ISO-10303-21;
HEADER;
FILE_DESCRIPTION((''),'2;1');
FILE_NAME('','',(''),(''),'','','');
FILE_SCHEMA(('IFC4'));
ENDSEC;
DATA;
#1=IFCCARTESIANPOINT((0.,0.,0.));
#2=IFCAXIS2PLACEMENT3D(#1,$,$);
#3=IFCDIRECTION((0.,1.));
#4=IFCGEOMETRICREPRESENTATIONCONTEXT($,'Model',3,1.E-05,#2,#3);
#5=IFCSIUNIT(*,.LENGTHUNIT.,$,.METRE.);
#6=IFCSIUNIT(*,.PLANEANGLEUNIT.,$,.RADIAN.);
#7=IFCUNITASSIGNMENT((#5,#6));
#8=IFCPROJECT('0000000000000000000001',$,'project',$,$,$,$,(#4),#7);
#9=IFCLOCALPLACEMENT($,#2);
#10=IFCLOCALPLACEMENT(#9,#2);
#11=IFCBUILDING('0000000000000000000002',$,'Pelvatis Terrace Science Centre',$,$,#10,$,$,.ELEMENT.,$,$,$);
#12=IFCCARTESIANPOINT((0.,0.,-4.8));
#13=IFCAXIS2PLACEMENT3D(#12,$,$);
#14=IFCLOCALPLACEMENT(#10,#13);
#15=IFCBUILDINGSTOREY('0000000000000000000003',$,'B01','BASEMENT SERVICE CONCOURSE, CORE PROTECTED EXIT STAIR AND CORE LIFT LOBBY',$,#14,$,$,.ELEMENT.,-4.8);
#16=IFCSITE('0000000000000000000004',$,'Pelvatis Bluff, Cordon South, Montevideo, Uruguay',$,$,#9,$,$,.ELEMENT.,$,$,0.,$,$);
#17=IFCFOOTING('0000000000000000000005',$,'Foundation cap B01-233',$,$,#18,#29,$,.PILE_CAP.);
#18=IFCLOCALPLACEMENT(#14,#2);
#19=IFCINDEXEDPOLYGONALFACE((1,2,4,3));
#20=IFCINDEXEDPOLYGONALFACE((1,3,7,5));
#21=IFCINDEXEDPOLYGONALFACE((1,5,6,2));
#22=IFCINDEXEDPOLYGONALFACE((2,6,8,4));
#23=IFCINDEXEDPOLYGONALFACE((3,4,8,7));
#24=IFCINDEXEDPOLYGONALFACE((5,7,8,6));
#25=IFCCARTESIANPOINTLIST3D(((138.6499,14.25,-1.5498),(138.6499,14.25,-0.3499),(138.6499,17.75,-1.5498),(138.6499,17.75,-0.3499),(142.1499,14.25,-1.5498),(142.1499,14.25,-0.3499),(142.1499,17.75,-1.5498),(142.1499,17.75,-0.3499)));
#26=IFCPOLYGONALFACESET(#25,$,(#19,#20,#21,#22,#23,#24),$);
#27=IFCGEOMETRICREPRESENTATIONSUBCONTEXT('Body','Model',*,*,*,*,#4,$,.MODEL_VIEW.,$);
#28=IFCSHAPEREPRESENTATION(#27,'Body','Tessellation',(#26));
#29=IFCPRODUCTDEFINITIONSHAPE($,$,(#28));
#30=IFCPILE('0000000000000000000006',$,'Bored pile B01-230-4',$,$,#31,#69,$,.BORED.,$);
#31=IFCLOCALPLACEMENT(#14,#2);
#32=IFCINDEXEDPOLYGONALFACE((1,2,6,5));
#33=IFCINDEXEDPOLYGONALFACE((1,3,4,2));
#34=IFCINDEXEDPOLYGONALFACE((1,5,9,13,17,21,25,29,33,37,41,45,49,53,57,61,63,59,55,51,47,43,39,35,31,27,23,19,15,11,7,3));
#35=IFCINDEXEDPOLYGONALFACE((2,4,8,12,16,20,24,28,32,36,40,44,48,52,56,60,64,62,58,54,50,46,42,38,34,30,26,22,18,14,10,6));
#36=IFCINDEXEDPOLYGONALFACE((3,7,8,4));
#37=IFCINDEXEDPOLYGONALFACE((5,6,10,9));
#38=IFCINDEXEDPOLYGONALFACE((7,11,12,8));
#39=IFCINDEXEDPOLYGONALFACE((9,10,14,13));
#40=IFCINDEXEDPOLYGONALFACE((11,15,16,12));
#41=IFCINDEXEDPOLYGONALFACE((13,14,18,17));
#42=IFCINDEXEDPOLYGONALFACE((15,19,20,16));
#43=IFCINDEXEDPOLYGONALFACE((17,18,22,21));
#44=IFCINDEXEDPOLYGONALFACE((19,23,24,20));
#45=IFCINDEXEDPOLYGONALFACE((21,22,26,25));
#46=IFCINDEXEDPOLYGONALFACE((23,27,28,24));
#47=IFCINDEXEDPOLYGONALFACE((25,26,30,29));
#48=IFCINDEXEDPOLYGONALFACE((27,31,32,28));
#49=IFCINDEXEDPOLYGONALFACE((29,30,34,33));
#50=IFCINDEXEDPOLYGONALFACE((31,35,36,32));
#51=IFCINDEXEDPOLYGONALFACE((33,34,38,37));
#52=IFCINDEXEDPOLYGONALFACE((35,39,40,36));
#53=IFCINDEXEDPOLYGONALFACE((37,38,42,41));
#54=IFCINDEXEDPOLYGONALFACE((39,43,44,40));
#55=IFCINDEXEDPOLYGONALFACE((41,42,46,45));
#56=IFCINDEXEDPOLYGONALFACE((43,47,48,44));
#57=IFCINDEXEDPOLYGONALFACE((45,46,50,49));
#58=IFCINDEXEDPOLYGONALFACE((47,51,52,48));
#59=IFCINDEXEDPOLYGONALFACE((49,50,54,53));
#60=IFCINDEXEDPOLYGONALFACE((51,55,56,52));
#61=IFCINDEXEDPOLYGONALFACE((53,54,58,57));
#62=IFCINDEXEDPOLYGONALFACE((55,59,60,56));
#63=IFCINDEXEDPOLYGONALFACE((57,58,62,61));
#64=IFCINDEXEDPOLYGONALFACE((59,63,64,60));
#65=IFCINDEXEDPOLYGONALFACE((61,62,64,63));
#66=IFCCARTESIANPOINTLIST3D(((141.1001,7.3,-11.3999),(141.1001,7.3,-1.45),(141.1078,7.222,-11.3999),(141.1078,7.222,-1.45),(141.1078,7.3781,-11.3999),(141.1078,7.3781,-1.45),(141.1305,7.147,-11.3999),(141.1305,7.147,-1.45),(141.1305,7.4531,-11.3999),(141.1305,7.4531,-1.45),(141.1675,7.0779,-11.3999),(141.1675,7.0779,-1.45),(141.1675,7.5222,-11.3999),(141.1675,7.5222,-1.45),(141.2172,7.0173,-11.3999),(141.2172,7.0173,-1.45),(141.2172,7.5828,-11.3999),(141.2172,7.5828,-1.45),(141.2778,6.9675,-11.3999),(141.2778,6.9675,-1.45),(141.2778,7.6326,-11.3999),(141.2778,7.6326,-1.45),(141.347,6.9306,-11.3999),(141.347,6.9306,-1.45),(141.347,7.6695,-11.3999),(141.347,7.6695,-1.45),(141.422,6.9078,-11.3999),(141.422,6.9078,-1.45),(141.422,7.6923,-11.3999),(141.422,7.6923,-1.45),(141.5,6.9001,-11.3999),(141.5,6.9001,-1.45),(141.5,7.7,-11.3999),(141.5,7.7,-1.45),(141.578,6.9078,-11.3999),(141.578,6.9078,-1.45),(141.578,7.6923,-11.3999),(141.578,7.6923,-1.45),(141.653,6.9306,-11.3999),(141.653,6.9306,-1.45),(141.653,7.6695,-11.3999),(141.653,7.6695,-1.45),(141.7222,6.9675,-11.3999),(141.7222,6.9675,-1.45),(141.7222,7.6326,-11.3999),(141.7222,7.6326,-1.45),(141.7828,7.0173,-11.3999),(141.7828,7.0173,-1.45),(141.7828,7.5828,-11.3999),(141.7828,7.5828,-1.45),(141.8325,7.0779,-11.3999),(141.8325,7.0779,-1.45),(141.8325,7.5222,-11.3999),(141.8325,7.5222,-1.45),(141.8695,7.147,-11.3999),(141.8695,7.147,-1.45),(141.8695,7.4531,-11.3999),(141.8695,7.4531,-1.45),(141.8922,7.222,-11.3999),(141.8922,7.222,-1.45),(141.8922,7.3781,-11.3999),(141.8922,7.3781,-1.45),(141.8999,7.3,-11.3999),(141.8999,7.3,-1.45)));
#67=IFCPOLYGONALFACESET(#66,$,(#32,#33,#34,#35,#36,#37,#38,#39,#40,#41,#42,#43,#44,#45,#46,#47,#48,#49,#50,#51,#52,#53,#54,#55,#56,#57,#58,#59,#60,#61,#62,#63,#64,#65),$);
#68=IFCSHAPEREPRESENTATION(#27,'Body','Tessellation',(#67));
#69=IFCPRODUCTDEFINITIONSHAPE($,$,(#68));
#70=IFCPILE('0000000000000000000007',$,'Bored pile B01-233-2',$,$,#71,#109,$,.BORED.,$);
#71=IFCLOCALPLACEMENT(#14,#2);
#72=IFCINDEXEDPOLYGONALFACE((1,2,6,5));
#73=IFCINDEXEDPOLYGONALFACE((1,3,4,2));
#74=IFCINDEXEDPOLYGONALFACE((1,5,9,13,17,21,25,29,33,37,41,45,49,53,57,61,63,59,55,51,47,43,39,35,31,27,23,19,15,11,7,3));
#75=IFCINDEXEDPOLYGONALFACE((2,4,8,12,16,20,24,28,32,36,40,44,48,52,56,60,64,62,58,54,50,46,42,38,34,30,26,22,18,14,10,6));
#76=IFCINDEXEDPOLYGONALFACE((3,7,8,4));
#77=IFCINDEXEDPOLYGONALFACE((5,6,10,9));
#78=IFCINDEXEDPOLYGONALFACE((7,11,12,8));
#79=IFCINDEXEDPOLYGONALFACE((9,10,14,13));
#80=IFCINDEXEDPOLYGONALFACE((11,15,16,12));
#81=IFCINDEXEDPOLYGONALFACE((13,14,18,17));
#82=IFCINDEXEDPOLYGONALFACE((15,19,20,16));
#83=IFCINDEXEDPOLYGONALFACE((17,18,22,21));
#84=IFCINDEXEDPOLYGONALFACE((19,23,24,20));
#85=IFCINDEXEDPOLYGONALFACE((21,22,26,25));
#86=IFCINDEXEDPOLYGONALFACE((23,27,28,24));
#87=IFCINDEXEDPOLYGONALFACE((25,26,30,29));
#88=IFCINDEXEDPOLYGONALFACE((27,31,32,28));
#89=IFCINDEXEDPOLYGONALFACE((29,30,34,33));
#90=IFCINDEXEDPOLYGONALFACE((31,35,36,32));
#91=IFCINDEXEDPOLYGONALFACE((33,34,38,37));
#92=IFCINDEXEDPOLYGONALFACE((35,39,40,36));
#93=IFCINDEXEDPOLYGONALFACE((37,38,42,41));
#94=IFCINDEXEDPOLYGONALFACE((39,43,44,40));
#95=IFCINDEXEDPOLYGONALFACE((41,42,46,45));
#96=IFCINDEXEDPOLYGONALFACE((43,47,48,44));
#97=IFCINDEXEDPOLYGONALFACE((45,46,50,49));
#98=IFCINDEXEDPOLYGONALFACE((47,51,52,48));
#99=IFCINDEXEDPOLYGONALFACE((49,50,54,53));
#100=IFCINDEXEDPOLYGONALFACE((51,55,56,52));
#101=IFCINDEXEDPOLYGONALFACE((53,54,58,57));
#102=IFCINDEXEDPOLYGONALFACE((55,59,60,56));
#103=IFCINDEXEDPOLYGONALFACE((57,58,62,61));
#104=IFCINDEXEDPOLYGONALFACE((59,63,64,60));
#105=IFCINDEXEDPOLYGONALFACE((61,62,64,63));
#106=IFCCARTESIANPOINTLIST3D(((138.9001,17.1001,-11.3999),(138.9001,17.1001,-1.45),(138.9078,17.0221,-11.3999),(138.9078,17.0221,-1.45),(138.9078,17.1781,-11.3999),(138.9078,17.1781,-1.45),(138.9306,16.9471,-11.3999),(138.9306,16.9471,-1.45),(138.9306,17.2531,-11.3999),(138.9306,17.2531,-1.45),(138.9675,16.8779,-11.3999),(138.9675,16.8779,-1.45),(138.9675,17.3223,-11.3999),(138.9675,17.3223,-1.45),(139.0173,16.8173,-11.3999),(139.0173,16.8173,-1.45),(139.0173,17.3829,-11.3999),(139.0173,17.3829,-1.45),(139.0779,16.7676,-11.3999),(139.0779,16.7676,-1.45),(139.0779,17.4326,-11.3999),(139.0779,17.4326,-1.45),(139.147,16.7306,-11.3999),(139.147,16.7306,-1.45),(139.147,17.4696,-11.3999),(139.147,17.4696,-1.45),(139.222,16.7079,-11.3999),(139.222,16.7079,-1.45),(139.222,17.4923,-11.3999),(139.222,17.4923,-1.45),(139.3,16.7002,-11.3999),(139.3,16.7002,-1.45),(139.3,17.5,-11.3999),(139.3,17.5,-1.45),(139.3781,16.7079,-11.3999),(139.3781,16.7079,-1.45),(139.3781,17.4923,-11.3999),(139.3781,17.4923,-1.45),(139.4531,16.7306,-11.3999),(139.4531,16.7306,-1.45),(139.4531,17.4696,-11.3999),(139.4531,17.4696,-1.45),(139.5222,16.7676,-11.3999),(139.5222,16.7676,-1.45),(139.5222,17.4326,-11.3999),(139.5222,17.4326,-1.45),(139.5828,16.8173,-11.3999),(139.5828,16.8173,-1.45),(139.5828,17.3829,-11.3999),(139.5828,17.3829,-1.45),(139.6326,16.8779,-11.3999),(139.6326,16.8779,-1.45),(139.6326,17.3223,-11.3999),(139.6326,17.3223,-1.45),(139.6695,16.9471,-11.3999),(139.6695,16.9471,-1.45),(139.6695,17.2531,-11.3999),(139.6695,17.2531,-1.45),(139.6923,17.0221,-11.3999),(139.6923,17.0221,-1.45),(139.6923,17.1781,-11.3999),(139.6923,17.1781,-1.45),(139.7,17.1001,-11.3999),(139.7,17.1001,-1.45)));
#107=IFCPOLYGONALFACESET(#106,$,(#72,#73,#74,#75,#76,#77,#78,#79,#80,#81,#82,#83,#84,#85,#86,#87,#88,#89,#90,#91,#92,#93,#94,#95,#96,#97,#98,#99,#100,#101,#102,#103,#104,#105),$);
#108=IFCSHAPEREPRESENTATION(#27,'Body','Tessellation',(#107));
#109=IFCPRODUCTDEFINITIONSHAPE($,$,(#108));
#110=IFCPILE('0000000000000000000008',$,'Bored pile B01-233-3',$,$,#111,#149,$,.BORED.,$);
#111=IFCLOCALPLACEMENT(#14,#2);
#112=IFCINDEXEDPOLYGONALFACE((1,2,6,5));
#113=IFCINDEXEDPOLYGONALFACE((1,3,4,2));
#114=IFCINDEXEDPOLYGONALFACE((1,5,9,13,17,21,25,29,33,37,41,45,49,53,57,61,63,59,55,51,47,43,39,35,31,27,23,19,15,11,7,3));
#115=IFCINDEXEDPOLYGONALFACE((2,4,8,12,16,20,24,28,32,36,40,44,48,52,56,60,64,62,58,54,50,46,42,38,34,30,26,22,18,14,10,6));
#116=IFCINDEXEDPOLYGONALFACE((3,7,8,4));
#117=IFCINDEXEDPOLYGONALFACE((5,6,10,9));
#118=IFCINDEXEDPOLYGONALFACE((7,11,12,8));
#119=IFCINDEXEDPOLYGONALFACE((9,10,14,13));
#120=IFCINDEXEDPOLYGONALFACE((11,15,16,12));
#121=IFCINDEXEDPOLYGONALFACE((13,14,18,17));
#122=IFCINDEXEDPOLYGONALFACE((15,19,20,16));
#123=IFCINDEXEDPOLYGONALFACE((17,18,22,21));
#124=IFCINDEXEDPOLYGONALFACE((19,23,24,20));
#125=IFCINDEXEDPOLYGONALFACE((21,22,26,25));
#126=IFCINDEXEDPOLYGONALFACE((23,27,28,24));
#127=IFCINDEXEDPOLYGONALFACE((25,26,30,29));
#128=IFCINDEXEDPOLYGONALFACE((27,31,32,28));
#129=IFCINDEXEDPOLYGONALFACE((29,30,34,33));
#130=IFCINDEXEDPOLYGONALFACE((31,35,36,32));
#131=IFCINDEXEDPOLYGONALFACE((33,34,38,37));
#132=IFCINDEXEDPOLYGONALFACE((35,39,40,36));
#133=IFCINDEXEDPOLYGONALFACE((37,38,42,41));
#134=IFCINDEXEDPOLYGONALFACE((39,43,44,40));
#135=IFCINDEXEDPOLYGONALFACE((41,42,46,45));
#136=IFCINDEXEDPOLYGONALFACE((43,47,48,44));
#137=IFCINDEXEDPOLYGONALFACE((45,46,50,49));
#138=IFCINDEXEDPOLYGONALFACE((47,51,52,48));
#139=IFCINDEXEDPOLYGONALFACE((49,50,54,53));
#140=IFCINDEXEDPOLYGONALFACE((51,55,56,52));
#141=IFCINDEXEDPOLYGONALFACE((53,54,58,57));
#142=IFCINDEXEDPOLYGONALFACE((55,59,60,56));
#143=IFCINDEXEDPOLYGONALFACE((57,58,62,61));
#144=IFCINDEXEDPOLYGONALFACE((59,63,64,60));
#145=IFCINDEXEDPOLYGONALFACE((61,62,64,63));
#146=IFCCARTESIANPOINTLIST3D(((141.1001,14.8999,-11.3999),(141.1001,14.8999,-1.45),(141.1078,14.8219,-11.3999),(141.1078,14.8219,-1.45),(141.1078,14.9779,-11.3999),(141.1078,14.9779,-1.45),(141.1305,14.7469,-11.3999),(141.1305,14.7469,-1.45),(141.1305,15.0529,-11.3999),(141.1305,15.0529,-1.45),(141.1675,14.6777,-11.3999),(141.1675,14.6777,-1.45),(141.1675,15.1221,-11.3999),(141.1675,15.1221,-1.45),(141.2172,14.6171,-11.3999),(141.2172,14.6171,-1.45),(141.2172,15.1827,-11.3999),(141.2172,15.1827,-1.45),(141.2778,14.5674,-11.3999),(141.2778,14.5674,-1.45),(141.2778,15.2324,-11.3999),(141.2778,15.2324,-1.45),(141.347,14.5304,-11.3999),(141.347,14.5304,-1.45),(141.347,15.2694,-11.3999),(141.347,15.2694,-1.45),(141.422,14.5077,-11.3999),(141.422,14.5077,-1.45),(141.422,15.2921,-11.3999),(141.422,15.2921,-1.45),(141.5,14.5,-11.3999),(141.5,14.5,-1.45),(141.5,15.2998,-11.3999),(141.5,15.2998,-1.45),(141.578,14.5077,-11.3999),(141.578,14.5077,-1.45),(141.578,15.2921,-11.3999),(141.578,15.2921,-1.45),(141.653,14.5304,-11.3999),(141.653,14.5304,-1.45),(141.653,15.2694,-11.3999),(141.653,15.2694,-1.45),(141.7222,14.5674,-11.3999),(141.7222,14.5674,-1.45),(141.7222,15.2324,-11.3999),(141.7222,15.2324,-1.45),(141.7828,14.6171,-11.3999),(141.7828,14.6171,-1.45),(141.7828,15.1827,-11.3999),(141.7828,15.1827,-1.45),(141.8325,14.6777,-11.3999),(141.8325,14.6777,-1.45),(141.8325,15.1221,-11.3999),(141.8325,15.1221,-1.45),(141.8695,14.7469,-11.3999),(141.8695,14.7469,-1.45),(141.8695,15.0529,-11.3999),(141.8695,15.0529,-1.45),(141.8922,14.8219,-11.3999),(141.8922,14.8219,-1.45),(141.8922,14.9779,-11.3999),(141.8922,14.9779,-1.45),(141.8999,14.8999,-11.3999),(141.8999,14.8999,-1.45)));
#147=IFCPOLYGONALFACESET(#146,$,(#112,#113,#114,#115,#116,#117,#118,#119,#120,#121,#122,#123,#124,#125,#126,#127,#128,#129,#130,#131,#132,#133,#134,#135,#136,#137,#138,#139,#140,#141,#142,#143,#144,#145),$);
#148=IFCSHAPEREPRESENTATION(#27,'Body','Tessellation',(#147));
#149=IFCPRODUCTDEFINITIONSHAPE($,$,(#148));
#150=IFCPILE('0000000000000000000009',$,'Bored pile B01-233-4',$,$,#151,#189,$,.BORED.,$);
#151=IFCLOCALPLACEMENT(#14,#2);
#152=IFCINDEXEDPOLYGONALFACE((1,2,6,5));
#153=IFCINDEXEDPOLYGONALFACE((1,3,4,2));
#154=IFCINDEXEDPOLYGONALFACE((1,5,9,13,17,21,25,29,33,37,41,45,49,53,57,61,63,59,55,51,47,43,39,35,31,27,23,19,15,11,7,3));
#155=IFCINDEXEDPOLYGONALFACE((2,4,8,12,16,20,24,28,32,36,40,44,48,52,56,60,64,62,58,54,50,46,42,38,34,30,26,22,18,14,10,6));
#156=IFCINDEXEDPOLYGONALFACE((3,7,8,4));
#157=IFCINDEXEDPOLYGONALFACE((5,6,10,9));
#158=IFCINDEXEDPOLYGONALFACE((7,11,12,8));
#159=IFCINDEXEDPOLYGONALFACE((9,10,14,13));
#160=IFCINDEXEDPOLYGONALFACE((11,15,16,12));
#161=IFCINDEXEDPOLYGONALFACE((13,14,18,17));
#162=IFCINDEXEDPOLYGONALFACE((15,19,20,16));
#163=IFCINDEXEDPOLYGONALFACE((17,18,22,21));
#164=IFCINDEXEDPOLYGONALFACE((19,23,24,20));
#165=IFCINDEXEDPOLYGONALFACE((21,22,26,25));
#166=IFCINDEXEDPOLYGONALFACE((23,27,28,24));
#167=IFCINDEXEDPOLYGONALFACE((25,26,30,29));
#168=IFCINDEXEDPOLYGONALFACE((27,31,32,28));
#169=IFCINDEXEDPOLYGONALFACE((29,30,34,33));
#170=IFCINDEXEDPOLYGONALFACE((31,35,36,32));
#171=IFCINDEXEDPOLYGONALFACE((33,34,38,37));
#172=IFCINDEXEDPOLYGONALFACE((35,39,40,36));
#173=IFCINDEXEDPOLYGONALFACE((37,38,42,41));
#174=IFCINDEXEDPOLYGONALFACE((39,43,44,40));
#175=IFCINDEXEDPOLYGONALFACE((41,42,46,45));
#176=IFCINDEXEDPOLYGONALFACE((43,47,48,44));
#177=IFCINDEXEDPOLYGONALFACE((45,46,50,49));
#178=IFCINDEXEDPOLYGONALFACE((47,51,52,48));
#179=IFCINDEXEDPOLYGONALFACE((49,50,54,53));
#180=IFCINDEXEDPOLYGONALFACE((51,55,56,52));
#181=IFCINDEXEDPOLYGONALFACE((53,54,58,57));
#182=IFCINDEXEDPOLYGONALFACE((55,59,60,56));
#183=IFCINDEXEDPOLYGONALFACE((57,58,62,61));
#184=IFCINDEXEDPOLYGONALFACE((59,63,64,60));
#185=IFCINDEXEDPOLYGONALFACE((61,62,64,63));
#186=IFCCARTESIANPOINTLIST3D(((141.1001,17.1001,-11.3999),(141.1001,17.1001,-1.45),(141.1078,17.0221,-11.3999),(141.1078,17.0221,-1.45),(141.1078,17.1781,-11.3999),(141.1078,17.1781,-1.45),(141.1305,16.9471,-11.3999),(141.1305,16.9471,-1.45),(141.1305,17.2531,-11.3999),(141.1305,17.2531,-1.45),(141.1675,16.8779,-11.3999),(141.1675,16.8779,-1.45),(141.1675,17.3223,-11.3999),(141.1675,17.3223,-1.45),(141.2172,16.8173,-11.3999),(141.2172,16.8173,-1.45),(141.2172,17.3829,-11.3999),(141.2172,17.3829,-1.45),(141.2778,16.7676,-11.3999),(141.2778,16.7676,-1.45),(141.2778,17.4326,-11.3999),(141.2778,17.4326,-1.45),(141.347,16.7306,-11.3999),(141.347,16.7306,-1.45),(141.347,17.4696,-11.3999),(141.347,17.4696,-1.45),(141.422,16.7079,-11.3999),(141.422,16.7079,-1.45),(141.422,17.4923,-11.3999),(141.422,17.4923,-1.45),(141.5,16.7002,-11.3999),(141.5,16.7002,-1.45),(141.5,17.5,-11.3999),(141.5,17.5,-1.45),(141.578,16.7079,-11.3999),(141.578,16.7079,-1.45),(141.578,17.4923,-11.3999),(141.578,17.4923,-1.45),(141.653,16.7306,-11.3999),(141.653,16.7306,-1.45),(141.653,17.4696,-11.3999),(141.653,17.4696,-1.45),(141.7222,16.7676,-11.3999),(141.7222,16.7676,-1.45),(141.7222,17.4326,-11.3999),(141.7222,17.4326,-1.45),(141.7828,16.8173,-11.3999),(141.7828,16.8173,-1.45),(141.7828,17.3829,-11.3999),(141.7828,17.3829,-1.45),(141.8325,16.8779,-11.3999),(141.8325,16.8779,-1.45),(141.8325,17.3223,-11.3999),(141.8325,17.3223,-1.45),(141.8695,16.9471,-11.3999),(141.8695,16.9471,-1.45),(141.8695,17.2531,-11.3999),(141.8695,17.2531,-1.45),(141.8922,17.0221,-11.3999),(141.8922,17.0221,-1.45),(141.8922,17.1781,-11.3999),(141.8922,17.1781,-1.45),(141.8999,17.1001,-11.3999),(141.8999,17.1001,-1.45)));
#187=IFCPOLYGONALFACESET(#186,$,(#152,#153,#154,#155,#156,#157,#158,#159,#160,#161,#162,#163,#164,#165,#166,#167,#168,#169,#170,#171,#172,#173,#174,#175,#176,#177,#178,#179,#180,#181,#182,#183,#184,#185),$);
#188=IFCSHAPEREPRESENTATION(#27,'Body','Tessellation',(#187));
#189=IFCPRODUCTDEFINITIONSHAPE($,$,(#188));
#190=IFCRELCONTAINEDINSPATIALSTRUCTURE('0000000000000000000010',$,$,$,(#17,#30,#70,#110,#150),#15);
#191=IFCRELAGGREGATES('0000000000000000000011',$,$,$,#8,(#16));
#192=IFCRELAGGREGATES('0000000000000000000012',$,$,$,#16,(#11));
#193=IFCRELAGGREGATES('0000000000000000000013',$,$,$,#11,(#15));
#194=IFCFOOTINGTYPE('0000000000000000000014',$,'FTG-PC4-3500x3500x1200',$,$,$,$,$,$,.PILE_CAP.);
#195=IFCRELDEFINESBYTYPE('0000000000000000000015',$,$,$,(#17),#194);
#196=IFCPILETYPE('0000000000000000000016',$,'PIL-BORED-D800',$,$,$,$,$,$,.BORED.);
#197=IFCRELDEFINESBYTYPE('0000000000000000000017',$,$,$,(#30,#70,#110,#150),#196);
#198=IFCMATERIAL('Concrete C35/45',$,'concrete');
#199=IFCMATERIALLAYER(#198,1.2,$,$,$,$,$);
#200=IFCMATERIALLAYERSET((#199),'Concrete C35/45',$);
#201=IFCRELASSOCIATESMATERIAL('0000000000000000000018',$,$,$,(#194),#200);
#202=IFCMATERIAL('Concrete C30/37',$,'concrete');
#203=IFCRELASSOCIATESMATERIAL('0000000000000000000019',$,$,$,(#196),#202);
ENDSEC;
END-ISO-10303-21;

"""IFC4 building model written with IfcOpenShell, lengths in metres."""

from ifc_helpers import new_model, si_unit, direction, frame, origin, origin_2d, place, context, subcontext, project, spatial, rectangle, circle, extrude, material, layer, layer_set, material_profile, profile_set, type_object, element, save


model = new_model("IFC4")

# Units and contexts
model_context = context("Model", 3, precision=1e-05, world=origin(), true_north=direction((0.0, 1.0)))
body_context = subcontext(model_context, "Body", "Model", "MODEL_VIEW")
ifc_project = project(units=[si_unit("LENGTHUNIT", "METRE"), si_unit("PLANEANGLEUNIT", "RADIAN")], contexts=[model_context])

# Site, building, storey
site_placement = place(None, origin())
site = spatial("IfcSite", under=ifc_project, at=site_placement, Name="Pelvatis Bluff, Cordon South, Montevideo, Uruguay", CompositionType="ELEMENT", RefElevation=0.0)
building_placement = place(site_placement, origin())
building = spatial("IfcBuilding", under=site, at=building_placement, Name="Pelvatis Terrace Science Centre", CompositionType="ELEMENT")
storey_placement = place(building_placement, frame((0.0, 0.0, -4.8)))
storey = spatial("IfcBuildingStorey", under=building, at=storey_placement, Name="B01", Description="BASEMENT SERVICE CONCOURSE, CORE PROTECTED EXIT STAIR AND CORE LIFT LOBBY", CompositionType="ELEMENT", Elevation=-4.8)

# Footing
ifc_material_1 = material(Name="Concrete C35/45", Category="concrete")
ifc_layer_1 = layer(ifc_material_1, 1.2)
ifc_layer_set_1 = layer_set([ifc_layer_1], Name="Concrete C35/45")
footing_type = type_object("IfcFootingType", Name="FTG-PC4-3500x3500x1200", PredefinedType="PILE_CAP", material=ifc_layer_set_1)
footing_placement = place(storey_placement, frame((140.3999, 16.0, -1.5498), z_axis=(0.0, 0.0, 1.0), x_axis=(1.0, 0.0, 0.0)))
element("IfcFooting", 1, at=footing_placement, inside=storey, type_object=footing_type, Name="Foundation cap B01-233", PredefinedType="PILE_CAP", context=body_context, shape_type="SweptSolid", body=[
    extrude(rectangle(XDim=3.5, YDim=3.5, at=origin_2d()), origin(), (0.0, 0.0, 1.0), 1.2),
])

# Piles
ifc_material_2 = material(Name="Concrete C30/37", Category="concrete")
ifc_material_profile_1 = material_profile(ifc_material_2, circle(Radius=0.3999, at=origin_2d()), Name="PILE D800")
ifc_profile_set_1 = profile_set([ifc_material_profile_1], Name="Concrete C30/37")
pile_type = type_object("IfcPileType", Name="PIL-BORED-D800", PredefinedType="BORED", material=ifc_profile_set_1)
for number, where, z_axis, x_axis, name in (
    (2, (141.5, 7.3, -1.45), (0.0, 0.0, -1.0), (1.0, 0.0, 0.0), "Bored pile B01-230-4"),
    (3, (139.3, 17.1001, -1.45), (0.0, 0.0, -1.0), (1.0, 0.0, 0.0), "Bored pile B01-233-2"),
    (4, (141.5, 14.8999, -1.45), (0.0, 0.0, -1.0), (1.0, 0.0, 0.0), "Bored pile B01-233-3"),
    (5, (141.5, 17.1001, -1.45), (0.0, 0.0, -1.0), (1.0, 0.0, 0.0), "Bored pile B01-233-4"),
):
    element("IfcPile", number, at=place(storey_placement, frame(where, z_axis=z_axis, x_axis=x_axis)), inside=storey, type_object=pile_type, Name=name, PredefinedType="BORED", context=body_context, shape_type="SweptSolid", body=[
        extrude(circle(Radius=0.3999, at=origin_2d()), origin(), (0.0, 0.0, 1.0), 9.95),
    ])

save(model, "model.ifc")
